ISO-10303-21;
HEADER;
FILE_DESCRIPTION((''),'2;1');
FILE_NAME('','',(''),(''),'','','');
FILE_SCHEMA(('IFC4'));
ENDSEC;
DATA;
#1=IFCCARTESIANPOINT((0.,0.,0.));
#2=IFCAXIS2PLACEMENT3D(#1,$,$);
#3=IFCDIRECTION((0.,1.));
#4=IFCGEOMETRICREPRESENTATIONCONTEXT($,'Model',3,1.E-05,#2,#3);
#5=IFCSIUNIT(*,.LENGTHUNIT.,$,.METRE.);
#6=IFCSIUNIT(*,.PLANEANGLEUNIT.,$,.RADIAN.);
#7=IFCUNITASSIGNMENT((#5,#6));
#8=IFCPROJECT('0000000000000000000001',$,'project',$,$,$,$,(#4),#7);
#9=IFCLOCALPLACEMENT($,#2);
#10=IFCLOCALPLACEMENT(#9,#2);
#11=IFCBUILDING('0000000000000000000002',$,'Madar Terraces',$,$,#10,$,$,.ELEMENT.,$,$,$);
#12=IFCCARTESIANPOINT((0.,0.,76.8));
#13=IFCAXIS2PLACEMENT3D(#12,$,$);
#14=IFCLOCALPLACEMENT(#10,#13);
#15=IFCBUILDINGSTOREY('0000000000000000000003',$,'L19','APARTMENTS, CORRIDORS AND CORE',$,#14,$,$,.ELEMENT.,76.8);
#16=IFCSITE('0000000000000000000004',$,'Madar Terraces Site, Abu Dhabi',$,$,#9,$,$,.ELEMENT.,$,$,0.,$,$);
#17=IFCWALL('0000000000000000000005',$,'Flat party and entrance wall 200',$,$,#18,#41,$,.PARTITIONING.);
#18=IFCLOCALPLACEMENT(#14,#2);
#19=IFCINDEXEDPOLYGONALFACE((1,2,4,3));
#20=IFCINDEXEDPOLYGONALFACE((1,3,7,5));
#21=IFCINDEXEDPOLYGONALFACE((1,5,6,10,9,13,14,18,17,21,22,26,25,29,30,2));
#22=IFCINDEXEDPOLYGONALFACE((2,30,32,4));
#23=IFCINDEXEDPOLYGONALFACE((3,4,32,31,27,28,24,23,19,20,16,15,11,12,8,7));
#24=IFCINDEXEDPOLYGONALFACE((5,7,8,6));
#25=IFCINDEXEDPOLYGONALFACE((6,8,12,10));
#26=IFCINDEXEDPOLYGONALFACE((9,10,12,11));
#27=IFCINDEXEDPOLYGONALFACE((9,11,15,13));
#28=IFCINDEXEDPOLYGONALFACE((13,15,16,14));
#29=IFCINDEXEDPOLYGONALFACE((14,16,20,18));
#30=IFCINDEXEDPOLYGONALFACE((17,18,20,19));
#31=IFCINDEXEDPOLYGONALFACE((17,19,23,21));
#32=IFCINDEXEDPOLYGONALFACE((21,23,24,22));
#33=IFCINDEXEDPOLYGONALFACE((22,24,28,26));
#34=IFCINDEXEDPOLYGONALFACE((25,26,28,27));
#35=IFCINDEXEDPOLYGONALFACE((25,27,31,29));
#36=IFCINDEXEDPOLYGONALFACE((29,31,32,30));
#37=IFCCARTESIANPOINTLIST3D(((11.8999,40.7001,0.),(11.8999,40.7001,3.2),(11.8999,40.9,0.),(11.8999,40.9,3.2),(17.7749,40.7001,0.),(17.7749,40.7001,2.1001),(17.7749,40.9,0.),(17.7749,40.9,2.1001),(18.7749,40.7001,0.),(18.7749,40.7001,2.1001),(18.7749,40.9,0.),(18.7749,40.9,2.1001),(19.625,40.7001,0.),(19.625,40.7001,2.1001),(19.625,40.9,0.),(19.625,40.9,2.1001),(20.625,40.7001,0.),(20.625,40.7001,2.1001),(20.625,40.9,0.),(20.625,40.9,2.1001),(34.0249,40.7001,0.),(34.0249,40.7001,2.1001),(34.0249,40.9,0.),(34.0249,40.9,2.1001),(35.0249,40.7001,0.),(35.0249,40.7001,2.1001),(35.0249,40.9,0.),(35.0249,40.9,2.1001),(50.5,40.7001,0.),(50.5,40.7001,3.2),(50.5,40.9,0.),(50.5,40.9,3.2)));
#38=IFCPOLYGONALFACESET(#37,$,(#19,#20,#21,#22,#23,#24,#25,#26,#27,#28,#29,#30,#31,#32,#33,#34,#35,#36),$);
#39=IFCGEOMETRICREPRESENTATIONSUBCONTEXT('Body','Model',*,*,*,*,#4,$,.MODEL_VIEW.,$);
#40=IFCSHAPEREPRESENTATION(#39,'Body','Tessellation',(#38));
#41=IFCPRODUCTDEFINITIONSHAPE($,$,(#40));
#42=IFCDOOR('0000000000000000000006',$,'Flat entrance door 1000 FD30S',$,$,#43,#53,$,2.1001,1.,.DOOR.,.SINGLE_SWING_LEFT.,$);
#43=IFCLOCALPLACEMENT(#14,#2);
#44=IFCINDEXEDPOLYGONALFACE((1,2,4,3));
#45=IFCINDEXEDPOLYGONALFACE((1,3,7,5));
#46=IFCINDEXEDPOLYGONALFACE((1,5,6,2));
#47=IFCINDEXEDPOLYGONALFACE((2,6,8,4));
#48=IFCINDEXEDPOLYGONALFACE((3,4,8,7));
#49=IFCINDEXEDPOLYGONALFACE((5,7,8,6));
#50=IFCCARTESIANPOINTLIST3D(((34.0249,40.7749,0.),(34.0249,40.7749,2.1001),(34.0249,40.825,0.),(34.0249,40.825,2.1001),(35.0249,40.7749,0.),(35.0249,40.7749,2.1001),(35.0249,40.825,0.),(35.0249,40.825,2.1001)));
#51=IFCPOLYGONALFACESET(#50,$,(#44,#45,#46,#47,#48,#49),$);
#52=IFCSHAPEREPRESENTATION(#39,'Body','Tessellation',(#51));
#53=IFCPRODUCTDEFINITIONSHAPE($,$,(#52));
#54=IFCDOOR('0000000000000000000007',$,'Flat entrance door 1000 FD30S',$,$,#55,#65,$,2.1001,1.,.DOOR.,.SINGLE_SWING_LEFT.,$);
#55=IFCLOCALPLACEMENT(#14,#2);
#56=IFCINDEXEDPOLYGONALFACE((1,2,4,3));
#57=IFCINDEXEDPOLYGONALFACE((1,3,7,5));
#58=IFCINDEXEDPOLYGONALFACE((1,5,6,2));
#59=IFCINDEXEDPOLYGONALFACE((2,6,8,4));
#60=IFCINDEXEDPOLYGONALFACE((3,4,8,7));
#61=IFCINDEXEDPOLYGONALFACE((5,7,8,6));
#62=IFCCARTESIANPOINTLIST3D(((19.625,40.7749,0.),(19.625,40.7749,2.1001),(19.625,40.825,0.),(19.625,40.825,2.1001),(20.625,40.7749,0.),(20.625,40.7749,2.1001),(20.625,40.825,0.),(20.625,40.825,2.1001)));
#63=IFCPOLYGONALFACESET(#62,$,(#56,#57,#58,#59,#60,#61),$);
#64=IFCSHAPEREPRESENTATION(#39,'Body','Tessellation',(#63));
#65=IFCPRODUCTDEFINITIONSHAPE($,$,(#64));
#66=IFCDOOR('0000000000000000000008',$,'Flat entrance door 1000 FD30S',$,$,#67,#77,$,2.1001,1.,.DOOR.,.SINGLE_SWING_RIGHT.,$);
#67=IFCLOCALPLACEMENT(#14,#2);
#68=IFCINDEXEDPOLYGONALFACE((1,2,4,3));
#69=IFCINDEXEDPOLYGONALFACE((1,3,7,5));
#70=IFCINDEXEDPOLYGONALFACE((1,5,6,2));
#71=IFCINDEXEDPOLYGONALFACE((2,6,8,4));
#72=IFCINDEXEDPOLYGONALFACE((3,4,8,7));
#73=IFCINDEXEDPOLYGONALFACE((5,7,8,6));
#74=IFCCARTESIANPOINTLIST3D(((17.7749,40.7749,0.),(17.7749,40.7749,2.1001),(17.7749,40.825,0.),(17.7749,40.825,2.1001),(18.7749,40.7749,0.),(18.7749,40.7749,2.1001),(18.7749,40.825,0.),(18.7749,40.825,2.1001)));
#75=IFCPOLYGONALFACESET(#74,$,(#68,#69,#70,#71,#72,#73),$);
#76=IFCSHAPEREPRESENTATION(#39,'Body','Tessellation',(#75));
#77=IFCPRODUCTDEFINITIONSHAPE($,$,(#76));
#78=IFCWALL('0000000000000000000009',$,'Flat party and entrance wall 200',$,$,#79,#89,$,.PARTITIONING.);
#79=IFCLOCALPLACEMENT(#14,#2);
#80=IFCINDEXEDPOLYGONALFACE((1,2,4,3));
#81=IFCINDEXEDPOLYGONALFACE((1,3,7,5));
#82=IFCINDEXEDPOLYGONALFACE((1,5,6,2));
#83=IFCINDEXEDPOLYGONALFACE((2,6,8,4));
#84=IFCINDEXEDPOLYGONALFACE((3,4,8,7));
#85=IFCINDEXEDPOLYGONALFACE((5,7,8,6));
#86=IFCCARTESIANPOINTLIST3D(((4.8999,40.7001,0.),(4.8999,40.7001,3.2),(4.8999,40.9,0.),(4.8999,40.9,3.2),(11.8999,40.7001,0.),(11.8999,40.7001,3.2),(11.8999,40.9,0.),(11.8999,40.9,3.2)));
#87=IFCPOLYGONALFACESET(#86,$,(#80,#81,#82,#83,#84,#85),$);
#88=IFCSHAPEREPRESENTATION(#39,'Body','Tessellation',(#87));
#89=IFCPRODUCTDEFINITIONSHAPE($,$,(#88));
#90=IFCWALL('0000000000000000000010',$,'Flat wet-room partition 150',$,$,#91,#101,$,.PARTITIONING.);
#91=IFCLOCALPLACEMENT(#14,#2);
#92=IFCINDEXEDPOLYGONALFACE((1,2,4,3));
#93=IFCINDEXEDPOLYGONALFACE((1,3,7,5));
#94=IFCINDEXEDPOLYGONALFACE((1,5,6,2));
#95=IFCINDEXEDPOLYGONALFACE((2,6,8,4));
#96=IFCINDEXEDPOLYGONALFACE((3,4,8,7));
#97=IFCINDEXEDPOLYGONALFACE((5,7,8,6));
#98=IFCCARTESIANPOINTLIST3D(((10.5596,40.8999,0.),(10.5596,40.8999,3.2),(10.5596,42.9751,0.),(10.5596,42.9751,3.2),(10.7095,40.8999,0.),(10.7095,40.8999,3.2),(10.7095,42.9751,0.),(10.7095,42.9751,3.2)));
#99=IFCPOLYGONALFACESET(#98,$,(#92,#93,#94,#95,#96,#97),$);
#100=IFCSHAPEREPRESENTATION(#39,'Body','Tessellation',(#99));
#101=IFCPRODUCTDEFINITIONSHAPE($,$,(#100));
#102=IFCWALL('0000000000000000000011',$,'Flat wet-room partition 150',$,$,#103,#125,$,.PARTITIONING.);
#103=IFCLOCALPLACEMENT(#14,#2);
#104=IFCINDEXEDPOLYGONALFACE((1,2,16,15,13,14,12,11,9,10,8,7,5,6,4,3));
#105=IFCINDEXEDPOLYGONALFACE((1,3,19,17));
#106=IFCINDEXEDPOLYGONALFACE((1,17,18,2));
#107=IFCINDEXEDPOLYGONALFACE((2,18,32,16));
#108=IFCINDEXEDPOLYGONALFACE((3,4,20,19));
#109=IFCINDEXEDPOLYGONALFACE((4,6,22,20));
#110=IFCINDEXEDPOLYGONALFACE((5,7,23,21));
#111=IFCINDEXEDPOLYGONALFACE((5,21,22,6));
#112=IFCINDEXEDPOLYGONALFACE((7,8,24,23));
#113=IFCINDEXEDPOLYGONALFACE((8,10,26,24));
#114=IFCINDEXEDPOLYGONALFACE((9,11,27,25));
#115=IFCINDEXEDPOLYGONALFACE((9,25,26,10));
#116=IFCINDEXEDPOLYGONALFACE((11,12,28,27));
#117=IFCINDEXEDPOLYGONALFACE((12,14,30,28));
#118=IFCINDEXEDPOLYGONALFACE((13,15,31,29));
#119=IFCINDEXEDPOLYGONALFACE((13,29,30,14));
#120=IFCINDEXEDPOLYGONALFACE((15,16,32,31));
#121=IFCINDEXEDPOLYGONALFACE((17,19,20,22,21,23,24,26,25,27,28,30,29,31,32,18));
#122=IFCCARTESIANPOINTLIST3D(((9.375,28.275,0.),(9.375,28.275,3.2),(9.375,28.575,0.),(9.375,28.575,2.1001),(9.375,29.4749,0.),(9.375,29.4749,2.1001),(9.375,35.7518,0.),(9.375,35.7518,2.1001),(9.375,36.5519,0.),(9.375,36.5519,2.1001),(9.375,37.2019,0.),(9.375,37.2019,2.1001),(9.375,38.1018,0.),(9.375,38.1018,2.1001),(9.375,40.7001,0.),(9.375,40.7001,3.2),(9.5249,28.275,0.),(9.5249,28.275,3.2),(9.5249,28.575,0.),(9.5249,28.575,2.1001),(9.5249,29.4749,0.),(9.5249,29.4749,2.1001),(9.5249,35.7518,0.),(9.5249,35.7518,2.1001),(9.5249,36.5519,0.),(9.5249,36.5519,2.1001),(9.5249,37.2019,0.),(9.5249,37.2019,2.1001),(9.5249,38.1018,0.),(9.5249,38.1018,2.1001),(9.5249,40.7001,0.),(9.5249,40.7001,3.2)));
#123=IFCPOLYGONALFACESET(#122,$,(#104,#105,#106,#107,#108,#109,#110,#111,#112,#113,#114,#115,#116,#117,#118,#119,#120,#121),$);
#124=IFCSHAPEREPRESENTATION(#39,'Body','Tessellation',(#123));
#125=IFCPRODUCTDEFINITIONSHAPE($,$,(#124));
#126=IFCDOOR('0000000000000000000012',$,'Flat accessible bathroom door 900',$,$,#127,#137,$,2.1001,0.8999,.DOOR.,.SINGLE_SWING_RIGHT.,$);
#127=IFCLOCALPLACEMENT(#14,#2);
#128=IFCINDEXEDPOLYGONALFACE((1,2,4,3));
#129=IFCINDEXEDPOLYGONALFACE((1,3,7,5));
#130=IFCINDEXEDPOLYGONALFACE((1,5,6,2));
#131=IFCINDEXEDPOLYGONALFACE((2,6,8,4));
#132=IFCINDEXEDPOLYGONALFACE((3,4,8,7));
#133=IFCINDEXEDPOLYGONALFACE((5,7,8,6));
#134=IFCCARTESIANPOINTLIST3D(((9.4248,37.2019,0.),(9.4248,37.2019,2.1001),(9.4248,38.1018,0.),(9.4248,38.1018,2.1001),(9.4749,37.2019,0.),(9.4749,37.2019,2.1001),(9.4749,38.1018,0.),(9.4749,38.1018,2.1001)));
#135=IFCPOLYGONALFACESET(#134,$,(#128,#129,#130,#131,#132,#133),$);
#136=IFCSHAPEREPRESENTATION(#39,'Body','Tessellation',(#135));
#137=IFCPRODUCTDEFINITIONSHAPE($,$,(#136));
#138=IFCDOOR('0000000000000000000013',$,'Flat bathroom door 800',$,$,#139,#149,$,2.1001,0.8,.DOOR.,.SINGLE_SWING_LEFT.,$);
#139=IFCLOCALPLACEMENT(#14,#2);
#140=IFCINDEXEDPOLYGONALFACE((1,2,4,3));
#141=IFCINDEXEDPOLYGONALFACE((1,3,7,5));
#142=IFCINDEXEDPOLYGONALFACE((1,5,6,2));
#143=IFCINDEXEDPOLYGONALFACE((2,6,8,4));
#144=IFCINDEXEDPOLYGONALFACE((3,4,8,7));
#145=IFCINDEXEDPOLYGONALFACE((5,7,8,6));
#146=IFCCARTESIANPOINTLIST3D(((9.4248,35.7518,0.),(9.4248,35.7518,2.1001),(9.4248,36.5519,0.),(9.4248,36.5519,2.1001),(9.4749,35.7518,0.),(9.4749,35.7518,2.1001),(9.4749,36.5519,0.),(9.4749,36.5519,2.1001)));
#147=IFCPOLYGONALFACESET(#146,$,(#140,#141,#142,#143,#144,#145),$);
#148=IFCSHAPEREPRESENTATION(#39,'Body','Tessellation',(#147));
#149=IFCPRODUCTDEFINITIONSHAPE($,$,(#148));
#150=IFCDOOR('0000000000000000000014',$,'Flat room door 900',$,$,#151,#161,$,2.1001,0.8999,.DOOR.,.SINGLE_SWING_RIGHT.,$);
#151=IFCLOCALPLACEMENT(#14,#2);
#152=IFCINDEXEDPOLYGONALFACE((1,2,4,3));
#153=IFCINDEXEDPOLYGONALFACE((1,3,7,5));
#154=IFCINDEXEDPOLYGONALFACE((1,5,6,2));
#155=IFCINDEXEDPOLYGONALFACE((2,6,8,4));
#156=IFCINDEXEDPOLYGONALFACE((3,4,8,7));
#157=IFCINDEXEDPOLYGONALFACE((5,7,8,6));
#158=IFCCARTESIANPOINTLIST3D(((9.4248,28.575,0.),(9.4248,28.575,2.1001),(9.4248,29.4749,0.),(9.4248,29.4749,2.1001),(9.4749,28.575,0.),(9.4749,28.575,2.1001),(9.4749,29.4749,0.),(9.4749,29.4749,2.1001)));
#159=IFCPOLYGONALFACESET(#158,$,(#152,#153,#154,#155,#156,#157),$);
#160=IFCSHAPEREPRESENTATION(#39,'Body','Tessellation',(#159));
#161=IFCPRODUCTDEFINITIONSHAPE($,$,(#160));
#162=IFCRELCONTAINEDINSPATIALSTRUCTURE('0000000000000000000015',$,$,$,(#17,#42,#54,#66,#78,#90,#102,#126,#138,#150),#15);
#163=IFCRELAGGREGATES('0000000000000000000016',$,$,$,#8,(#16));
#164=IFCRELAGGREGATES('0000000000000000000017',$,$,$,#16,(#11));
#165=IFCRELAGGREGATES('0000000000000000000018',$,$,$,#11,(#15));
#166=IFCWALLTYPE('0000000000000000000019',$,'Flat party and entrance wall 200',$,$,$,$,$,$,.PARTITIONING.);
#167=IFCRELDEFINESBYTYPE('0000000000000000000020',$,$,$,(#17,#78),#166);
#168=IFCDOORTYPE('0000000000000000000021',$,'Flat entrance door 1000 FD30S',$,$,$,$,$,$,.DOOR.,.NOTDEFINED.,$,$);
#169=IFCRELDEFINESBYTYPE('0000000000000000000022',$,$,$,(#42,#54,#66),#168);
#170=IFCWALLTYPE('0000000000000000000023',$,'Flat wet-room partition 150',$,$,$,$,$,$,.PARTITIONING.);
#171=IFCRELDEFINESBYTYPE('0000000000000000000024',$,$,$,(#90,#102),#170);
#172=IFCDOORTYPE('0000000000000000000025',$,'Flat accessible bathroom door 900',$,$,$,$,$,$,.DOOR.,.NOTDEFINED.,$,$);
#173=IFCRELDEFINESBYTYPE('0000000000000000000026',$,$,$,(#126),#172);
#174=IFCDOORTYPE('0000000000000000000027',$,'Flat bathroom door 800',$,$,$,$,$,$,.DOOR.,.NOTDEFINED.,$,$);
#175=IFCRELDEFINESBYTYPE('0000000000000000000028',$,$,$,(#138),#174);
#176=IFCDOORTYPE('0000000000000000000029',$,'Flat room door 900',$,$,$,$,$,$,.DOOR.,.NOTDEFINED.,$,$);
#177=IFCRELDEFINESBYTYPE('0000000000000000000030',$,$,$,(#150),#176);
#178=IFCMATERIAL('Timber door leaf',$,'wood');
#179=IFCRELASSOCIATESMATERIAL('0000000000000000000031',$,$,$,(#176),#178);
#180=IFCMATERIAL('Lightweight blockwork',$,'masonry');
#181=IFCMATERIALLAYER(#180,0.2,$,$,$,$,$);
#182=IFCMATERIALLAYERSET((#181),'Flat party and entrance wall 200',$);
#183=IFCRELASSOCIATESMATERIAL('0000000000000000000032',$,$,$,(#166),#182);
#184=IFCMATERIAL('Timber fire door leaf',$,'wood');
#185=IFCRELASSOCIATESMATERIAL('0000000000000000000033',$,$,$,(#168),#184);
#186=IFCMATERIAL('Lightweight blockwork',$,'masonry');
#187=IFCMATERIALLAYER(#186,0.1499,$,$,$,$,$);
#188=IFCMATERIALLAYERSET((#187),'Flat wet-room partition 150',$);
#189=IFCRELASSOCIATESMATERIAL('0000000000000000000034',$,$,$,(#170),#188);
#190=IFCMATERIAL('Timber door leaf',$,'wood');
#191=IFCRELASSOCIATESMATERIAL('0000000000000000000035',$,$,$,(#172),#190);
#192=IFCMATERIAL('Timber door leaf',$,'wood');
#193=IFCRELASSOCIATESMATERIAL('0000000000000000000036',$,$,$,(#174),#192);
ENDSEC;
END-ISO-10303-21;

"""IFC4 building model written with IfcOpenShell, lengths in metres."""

from ifc_helpers import new_model, si_unit, direction, frame, frame_2d, origin, place, context, subcontext, project, spatial, rectangle, extrude, material, layer, layer_set, type_object, element, fill, save


model = new_model("IFC4")

# Units and contexts
model_context = context("Model", 3, precision=1e-05, world=origin(), true_north=direction((0.0, 1.0)))
body_context = subcontext(model_context, "Body", "Model", "MODEL_VIEW")
ifc_project = project(units=[si_unit("LENGTHUNIT", "METRE"), si_unit("PLANEANGLEUNIT", "RADIAN")], contexts=[model_context])

# Site, building, storey
site_placement = place(None, origin())
site = spatial("IfcSite", under=ifc_project, at=site_placement, Name="Madar Terraces Site, Abu Dhabi", CompositionType="ELEMENT", RefElevation=0.0)
building_placement = place(site_placement, origin())
building = spatial("IfcBuilding", under=site, at=building_placement, Name="Madar Terraces", CompositionType="ELEMENT")
storey_placement = place(building_placement, frame((0.0, 0.0, 76.8)))
storey = spatial("IfcBuildingStorey", under=building, at=storey_placement, Name="L19", Description="APARTMENTS, CORRIDORS AND CORE", CompositionType="ELEMENT", Elevation=76.8)

# Wall, openings, doors
ifc_material_1 = material(Name="Timber door leaf", Category="wood")
door_type_1 = type_object("IfcDoorType", Name="Flat room door 900", OperationType="NOTDEFINED", PredefinedType="DOOR", material=ifc_material_1)
ifc_material_2 = material(Name="Lightweight blockwork", Category="masonry")
ifc_layer_1 = layer(ifc_material_2, 0.2)
ifc_layer_set_1 = layer_set([ifc_layer_1], Name="Flat party and entrance wall 200")
wall_type_1 = type_object("IfcWallType", Name="Flat party and entrance wall 200", PredefinedType="PARTITIONING", material=ifc_layer_set_1)
wall_1_placement = place(storey_placement, frame((11.8999, 40.8, 0.0), z_axis=(0.0, 0.0, 1.0), x_axis=(1.0, 0.0, 0.0)))
wall_1 = element("IfcWall", 1, at=wall_1_placement, inside=storey, type_object=wall_type_1, Name="Flat party and entrance wall 200", PredefinedType="PARTITIONING", context=body_context, shape_type="SweptSolid", body=[
    extrude(rectangle(XDim=38.6001, YDim=0.2, at=frame_2d((19.3, 0.0))), origin(), (0.0, 0.0, 1.0), 3.2),
])
opening_1_placement = place(wall_1_placement, frame((22.125, 0.0, 0.0)))
opening_1 = element("IfcOpeningElement", 2, at=opening_1_placement, cuts=wall_1, PredefinedType="OPENING", context=body_context, shape_type="SweptSolid", body=[
    extrude(rectangle(XDim=1.0, YDim=2.1001, at=frame_2d((0.5, 1.05))), frame((0.0, 0.1099, 0.0), z_axis=(0.0, -1.0, 0.0), x_axis=(1.0, 0.0, 0.0)), (0.0, 0.0, 1.0), 0.22),
])
opening_2_placement = place(wall_1_placement, frame((7.7251, 0.0, 0.0)))
opening_2 = element("IfcOpeningElement", 3, at=opening_2_placement, cuts=wall_1, PredefinedType="OPENING", context=body_context, shape_type="SweptSolid", body=[
    extrude(rectangle(XDim=1.0, YDim=2.1001, at=frame_2d((0.5, 1.05))), frame((0.0, 0.1099, 0.0), z_axis=(0.0, -1.0, 0.0), x_axis=(1.0, 0.0, 0.0)), (0.0, 0.0, 1.0), 0.22),
])
opening_3_placement = place(wall_1_placement, frame((5.875, 0.0, 0.0)))
opening_3 = element("IfcOpeningElement", 4, at=opening_3_placement, cuts=wall_1, PredefinedType="OPENING", context=body_context, shape_type="SweptSolid", body=[
    extrude(rectangle(XDim=1.0, YDim=2.1001, at=frame_2d((0.5, 1.05))), frame((0.0, 0.1099, 0.0), z_axis=(0.0, -1.0, 0.0), x_axis=(1.0, 0.0, 0.0)), (0.0, 0.0, 1.0), 0.22),
])
ifc_material_3 = material(Name="Timber fire door leaf", Category="wood")
door_type_2 = type_object("IfcDoorType", Name="Flat entrance door 1000 FD30S", OperationType="NOTDEFINED", PredefinedType="DOOR", material=ifc_material_3)
door_1_placement = place(opening_1_placement, origin())
door_1 = element("IfcDoor", 5, at=door_1_placement, inside=storey, type_object=door_type_2, Name="Flat entrance door 1000 FD30S", OperationType="SINGLE_SWING_LEFT", OverallHeight=2.1001, OverallWidth=1.0, PredefinedType="DOOR", context=body_context, shape_type="SweptSolid", body=[
    extrude(rectangle(XDim=1.0, YDim=2.1001, at=frame_2d((0.5, 1.05))), frame((0.0, 0.0249, 0.0), z_axis=(0.0, -1.0, 0.0), x_axis=(1.0, 0.0, 0.0)), (0.0, 0.0, 1.0), 0.05),
])
fill(opening_1, door_1)
door_2_placement = place(opening_2_placement, origin())
door_2 = element("IfcDoor", 6, at=door_2_placement, inside=storey, type_object=door_type_2, Name="Flat entrance door 1000 FD30S", OperationType="SINGLE_SWING_LEFT", OverallHeight=2.1001, OverallWidth=1.0, PredefinedType="DOOR", context=body_context, shape_type="SweptSolid", body=[
    extrude(rectangle(XDim=1.0, YDim=2.1001, at=frame_2d((0.5, 1.05))), frame((0.0, 0.0249, 0.0), z_axis=(0.0, -1.0, 0.0), x_axis=(1.0, 0.0, 0.0)), (0.0, 0.0, 1.0), 0.05),
])
fill(opening_2, door_2)
door_3_placement = place(opening_3_placement, origin())
door_3 = element("IfcDoor", 7, at=door_3_placement, inside=storey, type_object=door_type_2, Name="Flat entrance door 1000 FD30S", OperationType="SINGLE_SWING_RIGHT", OverallHeight=2.1001, OverallWidth=1.0, PredefinedType="DOOR", context=body_context, shape_type="SweptSolid", body=[
    extrude(rectangle(XDim=1.0, YDim=2.1001, at=frame_2d((0.5, 1.05))), frame((0.0, 0.0249, 0.0), z_axis=(0.0, -1.0, 0.0), x_axis=(1.0, 0.0, 0.0)), (0.0, 0.0, 1.0), 0.05),
])
fill(opening_3, door_3)

# Walls
wall_2_placement = place(storey_placement, frame((4.8999, 40.8, 0.0), z_axis=(0.0, 0.0, 1.0), x_axis=(1.0, 0.0, 0.0)))
element("IfcWall", 8, at=wall_2_placement, inside=storey, type_object=wall_type_1, Name="Flat party and entrance wall 200", PredefinedType="PARTITIONING", context=body_context, shape_type="SweptSolid", body=[
    extrude(rectangle(XDim=7.0, YDim=0.2, at=frame_2d((3.5, 0.0))), origin(), (0.0, 0.0, 1.0), 3.2),
])
ifc_material_4 = material(Name="Lightweight blockwork", Category="masonry")
ifc_layer_2 = layer(ifc_material_4, 0.1499)
ifc_layer_set_2 = layer_set([ifc_layer_2], Name="Flat wet-room partition 150")
wall_type_2 = type_object("IfcWallType", Name="Flat wet-room partition 150", PredefinedType="PARTITIONING", material=ifc_layer_set_2)
wall_3_placement = place(storey_placement, frame((10.6345, 40.8999, 0.0), z_axis=(0.0, 0.0, 1.0), x_axis=(0.0, 1.0, 0.0)))
element("IfcWall", 9, at=wall_3_placement, inside=storey, type_object=wall_type_2, Name="Flat wet-room partition 150", PredefinedType="PARTITIONING", context=body_context, shape_type="SweptSolid", body=[
    extrude(rectangle(XDim=2.0752, YDim=0.1499, at=frame_2d((1.0376, 0.0))), origin(), (0.0, 0.0, 1.0), 3.2),
])

# Wall, openings, doors
wall_4_placement = place(storey_placement, frame((9.45, 40.7, 0.0), z_axis=(0.0, 0.0, 1.0), x_axis=(0.0, -1.0, 0.0)))
wall_4 = element("IfcWall", 10, at=wall_4_placement, inside=storey, type_object=wall_type_2, Name="Flat wet-room partition 150", PredefinedType="PARTITIONING", context=body_context, shape_type="SweptSolid", body=[
    extrude(rectangle(XDim=12.425, YDim=0.1499, at=frame_2d((6.2124, 0.0))), origin(), (0.0, 0.0, 1.0), 3.2),
])
opening_4_placement = place(wall_4_placement, frame((11.2251, 0.0, 0.0)))
opening_4 = element("IfcOpeningElement", 11, at=opening_4_placement, cuts=wall_4, PredefinedType="OPENING", context=body_context, shape_type="SweptSolid", body=[
    extrude(rectangle(XDim=0.8999, YDim=2.1001, at=frame_2d((0.45, 1.05))), frame((0.0, 0.085, 0.0), z_axis=(0.0, -1.0, 0.0), x_axis=(1.0, 0.0, 0.0)), (0.0, 0.0, 1.0), 0.1699),
])
opening_5_placement = place(wall_4_placement, frame((4.1482, 0.0, 0.0)))
opening_5 = element("IfcOpeningElement", 12, at=opening_5_placement, cuts=wall_4, PredefinedType="OPENING", context=body_context, shape_type="SweptSolid", body=[
    extrude(rectangle(XDim=0.8, YDim=2.1001, at=frame_2d((0.3999, 1.05))), frame((0.0, 0.085, 0.0), z_axis=(0.0, -1.0, 0.0), x_axis=(1.0, 0.0, 0.0)), (0.0, 0.0, 1.0), 0.1699),
])
opening_6_placement = place(wall_4_placement, frame((2.5981, 0.0, 0.0)))
opening_6 = element("IfcOpeningElement", 13, at=opening_6_placement, cuts=wall_4, PredefinedType="OPENING", context=body_context, shape_type="SweptSolid", body=[
    extrude(rectangle(XDim=0.8999, YDim=2.1001, at=frame_2d((0.45, 1.05))), frame((0.0, 0.085, 0.0), z_axis=(0.0, -1.0, 0.0), x_axis=(1.0, 0.0, 0.0)), (0.0, 0.0, 1.0), 0.1699),
])
ifc_material_5 = material(Name="Timber door leaf", Category="wood")
door_type_3 = type_object("IfcDoorType", Name="Flat accessible bathroom door 900", OperationType="NOTDEFINED", PredefinedType="DOOR", material=ifc_material_5)
door_4_placement = place(opening_6_placement, origin())
door_4 = element("IfcDoor", 14, at=door_4_placement, inside=storey, type_object=door_type_3, Name="Flat accessible bathroom door 900", OperationType="SINGLE_SWING_RIGHT", OverallHeight=2.1001, OverallWidth=0.8999, PredefinedType="DOOR", context=body_context, shape_type="SweptSolid", body=[
    extrude(rectangle(XDim=0.8999, YDim=2.1001, at=frame_2d((0.45, 1.05))), frame((0.0, 0.0249, 0.0), z_axis=(0.0, -1.0, 0.0), x_axis=(1.0, 0.0, 0.0)), (0.0, 0.0, 1.0), 0.05),
])
fill(opening_6, door_4)
ifc_material_6 = material(Name="Timber door leaf", Category="wood")
door_type_4 = type_object("IfcDoorType", Name="Flat bathroom door 800", OperationType="NOTDEFINED", PredefinedType="DOOR", material=ifc_material_6)
door_5_placement = place(opening_5_placement, origin())
door_5 = element("IfcDoor", 15, at=door_5_placement, inside=storey, type_object=door_type_4, Name="Flat bathroom door 800", OperationType="SINGLE_SWING_LEFT", OverallHeight=2.1001, OverallWidth=0.8, PredefinedType="DOOR", context=body_context, shape_type="SweptSolid", body=[
    extrude(rectangle(XDim=0.8, YDim=2.1001, at=frame_2d((0.3999, 1.05))), frame((0.0, 0.0249, 0.0), z_axis=(0.0, -1.0, 0.0), x_axis=(1.0, 0.0, 0.0)), (0.0, 0.0, 1.0), 0.05),
])
fill(opening_5, door_5)
door_6_placement = place(opening_4_placement, origin())
door_6 = element("IfcDoor", 16, at=door_6_placement, inside=storey, type_object=door_type_1, Name="Flat room door 900", OperationType="SINGLE_SWING_RIGHT", OverallHeight=2.1001, OverallWidth=0.8999, PredefinedType="DOOR", context=body_context, shape_type="SweptSolid", body=[
    extrude(rectangle(XDim=0.8999, YDim=2.1001, at=frame_2d((0.45, 1.05))), frame((0.0, 0.0249, 0.0), z_axis=(0.0, -1.0, 0.0), x_axis=(1.0, 0.0, 0.0)), (0.0, 0.0, 1.0), 0.05),
])
fill(opening_4, door_6)

save(model, "model.ifc")
